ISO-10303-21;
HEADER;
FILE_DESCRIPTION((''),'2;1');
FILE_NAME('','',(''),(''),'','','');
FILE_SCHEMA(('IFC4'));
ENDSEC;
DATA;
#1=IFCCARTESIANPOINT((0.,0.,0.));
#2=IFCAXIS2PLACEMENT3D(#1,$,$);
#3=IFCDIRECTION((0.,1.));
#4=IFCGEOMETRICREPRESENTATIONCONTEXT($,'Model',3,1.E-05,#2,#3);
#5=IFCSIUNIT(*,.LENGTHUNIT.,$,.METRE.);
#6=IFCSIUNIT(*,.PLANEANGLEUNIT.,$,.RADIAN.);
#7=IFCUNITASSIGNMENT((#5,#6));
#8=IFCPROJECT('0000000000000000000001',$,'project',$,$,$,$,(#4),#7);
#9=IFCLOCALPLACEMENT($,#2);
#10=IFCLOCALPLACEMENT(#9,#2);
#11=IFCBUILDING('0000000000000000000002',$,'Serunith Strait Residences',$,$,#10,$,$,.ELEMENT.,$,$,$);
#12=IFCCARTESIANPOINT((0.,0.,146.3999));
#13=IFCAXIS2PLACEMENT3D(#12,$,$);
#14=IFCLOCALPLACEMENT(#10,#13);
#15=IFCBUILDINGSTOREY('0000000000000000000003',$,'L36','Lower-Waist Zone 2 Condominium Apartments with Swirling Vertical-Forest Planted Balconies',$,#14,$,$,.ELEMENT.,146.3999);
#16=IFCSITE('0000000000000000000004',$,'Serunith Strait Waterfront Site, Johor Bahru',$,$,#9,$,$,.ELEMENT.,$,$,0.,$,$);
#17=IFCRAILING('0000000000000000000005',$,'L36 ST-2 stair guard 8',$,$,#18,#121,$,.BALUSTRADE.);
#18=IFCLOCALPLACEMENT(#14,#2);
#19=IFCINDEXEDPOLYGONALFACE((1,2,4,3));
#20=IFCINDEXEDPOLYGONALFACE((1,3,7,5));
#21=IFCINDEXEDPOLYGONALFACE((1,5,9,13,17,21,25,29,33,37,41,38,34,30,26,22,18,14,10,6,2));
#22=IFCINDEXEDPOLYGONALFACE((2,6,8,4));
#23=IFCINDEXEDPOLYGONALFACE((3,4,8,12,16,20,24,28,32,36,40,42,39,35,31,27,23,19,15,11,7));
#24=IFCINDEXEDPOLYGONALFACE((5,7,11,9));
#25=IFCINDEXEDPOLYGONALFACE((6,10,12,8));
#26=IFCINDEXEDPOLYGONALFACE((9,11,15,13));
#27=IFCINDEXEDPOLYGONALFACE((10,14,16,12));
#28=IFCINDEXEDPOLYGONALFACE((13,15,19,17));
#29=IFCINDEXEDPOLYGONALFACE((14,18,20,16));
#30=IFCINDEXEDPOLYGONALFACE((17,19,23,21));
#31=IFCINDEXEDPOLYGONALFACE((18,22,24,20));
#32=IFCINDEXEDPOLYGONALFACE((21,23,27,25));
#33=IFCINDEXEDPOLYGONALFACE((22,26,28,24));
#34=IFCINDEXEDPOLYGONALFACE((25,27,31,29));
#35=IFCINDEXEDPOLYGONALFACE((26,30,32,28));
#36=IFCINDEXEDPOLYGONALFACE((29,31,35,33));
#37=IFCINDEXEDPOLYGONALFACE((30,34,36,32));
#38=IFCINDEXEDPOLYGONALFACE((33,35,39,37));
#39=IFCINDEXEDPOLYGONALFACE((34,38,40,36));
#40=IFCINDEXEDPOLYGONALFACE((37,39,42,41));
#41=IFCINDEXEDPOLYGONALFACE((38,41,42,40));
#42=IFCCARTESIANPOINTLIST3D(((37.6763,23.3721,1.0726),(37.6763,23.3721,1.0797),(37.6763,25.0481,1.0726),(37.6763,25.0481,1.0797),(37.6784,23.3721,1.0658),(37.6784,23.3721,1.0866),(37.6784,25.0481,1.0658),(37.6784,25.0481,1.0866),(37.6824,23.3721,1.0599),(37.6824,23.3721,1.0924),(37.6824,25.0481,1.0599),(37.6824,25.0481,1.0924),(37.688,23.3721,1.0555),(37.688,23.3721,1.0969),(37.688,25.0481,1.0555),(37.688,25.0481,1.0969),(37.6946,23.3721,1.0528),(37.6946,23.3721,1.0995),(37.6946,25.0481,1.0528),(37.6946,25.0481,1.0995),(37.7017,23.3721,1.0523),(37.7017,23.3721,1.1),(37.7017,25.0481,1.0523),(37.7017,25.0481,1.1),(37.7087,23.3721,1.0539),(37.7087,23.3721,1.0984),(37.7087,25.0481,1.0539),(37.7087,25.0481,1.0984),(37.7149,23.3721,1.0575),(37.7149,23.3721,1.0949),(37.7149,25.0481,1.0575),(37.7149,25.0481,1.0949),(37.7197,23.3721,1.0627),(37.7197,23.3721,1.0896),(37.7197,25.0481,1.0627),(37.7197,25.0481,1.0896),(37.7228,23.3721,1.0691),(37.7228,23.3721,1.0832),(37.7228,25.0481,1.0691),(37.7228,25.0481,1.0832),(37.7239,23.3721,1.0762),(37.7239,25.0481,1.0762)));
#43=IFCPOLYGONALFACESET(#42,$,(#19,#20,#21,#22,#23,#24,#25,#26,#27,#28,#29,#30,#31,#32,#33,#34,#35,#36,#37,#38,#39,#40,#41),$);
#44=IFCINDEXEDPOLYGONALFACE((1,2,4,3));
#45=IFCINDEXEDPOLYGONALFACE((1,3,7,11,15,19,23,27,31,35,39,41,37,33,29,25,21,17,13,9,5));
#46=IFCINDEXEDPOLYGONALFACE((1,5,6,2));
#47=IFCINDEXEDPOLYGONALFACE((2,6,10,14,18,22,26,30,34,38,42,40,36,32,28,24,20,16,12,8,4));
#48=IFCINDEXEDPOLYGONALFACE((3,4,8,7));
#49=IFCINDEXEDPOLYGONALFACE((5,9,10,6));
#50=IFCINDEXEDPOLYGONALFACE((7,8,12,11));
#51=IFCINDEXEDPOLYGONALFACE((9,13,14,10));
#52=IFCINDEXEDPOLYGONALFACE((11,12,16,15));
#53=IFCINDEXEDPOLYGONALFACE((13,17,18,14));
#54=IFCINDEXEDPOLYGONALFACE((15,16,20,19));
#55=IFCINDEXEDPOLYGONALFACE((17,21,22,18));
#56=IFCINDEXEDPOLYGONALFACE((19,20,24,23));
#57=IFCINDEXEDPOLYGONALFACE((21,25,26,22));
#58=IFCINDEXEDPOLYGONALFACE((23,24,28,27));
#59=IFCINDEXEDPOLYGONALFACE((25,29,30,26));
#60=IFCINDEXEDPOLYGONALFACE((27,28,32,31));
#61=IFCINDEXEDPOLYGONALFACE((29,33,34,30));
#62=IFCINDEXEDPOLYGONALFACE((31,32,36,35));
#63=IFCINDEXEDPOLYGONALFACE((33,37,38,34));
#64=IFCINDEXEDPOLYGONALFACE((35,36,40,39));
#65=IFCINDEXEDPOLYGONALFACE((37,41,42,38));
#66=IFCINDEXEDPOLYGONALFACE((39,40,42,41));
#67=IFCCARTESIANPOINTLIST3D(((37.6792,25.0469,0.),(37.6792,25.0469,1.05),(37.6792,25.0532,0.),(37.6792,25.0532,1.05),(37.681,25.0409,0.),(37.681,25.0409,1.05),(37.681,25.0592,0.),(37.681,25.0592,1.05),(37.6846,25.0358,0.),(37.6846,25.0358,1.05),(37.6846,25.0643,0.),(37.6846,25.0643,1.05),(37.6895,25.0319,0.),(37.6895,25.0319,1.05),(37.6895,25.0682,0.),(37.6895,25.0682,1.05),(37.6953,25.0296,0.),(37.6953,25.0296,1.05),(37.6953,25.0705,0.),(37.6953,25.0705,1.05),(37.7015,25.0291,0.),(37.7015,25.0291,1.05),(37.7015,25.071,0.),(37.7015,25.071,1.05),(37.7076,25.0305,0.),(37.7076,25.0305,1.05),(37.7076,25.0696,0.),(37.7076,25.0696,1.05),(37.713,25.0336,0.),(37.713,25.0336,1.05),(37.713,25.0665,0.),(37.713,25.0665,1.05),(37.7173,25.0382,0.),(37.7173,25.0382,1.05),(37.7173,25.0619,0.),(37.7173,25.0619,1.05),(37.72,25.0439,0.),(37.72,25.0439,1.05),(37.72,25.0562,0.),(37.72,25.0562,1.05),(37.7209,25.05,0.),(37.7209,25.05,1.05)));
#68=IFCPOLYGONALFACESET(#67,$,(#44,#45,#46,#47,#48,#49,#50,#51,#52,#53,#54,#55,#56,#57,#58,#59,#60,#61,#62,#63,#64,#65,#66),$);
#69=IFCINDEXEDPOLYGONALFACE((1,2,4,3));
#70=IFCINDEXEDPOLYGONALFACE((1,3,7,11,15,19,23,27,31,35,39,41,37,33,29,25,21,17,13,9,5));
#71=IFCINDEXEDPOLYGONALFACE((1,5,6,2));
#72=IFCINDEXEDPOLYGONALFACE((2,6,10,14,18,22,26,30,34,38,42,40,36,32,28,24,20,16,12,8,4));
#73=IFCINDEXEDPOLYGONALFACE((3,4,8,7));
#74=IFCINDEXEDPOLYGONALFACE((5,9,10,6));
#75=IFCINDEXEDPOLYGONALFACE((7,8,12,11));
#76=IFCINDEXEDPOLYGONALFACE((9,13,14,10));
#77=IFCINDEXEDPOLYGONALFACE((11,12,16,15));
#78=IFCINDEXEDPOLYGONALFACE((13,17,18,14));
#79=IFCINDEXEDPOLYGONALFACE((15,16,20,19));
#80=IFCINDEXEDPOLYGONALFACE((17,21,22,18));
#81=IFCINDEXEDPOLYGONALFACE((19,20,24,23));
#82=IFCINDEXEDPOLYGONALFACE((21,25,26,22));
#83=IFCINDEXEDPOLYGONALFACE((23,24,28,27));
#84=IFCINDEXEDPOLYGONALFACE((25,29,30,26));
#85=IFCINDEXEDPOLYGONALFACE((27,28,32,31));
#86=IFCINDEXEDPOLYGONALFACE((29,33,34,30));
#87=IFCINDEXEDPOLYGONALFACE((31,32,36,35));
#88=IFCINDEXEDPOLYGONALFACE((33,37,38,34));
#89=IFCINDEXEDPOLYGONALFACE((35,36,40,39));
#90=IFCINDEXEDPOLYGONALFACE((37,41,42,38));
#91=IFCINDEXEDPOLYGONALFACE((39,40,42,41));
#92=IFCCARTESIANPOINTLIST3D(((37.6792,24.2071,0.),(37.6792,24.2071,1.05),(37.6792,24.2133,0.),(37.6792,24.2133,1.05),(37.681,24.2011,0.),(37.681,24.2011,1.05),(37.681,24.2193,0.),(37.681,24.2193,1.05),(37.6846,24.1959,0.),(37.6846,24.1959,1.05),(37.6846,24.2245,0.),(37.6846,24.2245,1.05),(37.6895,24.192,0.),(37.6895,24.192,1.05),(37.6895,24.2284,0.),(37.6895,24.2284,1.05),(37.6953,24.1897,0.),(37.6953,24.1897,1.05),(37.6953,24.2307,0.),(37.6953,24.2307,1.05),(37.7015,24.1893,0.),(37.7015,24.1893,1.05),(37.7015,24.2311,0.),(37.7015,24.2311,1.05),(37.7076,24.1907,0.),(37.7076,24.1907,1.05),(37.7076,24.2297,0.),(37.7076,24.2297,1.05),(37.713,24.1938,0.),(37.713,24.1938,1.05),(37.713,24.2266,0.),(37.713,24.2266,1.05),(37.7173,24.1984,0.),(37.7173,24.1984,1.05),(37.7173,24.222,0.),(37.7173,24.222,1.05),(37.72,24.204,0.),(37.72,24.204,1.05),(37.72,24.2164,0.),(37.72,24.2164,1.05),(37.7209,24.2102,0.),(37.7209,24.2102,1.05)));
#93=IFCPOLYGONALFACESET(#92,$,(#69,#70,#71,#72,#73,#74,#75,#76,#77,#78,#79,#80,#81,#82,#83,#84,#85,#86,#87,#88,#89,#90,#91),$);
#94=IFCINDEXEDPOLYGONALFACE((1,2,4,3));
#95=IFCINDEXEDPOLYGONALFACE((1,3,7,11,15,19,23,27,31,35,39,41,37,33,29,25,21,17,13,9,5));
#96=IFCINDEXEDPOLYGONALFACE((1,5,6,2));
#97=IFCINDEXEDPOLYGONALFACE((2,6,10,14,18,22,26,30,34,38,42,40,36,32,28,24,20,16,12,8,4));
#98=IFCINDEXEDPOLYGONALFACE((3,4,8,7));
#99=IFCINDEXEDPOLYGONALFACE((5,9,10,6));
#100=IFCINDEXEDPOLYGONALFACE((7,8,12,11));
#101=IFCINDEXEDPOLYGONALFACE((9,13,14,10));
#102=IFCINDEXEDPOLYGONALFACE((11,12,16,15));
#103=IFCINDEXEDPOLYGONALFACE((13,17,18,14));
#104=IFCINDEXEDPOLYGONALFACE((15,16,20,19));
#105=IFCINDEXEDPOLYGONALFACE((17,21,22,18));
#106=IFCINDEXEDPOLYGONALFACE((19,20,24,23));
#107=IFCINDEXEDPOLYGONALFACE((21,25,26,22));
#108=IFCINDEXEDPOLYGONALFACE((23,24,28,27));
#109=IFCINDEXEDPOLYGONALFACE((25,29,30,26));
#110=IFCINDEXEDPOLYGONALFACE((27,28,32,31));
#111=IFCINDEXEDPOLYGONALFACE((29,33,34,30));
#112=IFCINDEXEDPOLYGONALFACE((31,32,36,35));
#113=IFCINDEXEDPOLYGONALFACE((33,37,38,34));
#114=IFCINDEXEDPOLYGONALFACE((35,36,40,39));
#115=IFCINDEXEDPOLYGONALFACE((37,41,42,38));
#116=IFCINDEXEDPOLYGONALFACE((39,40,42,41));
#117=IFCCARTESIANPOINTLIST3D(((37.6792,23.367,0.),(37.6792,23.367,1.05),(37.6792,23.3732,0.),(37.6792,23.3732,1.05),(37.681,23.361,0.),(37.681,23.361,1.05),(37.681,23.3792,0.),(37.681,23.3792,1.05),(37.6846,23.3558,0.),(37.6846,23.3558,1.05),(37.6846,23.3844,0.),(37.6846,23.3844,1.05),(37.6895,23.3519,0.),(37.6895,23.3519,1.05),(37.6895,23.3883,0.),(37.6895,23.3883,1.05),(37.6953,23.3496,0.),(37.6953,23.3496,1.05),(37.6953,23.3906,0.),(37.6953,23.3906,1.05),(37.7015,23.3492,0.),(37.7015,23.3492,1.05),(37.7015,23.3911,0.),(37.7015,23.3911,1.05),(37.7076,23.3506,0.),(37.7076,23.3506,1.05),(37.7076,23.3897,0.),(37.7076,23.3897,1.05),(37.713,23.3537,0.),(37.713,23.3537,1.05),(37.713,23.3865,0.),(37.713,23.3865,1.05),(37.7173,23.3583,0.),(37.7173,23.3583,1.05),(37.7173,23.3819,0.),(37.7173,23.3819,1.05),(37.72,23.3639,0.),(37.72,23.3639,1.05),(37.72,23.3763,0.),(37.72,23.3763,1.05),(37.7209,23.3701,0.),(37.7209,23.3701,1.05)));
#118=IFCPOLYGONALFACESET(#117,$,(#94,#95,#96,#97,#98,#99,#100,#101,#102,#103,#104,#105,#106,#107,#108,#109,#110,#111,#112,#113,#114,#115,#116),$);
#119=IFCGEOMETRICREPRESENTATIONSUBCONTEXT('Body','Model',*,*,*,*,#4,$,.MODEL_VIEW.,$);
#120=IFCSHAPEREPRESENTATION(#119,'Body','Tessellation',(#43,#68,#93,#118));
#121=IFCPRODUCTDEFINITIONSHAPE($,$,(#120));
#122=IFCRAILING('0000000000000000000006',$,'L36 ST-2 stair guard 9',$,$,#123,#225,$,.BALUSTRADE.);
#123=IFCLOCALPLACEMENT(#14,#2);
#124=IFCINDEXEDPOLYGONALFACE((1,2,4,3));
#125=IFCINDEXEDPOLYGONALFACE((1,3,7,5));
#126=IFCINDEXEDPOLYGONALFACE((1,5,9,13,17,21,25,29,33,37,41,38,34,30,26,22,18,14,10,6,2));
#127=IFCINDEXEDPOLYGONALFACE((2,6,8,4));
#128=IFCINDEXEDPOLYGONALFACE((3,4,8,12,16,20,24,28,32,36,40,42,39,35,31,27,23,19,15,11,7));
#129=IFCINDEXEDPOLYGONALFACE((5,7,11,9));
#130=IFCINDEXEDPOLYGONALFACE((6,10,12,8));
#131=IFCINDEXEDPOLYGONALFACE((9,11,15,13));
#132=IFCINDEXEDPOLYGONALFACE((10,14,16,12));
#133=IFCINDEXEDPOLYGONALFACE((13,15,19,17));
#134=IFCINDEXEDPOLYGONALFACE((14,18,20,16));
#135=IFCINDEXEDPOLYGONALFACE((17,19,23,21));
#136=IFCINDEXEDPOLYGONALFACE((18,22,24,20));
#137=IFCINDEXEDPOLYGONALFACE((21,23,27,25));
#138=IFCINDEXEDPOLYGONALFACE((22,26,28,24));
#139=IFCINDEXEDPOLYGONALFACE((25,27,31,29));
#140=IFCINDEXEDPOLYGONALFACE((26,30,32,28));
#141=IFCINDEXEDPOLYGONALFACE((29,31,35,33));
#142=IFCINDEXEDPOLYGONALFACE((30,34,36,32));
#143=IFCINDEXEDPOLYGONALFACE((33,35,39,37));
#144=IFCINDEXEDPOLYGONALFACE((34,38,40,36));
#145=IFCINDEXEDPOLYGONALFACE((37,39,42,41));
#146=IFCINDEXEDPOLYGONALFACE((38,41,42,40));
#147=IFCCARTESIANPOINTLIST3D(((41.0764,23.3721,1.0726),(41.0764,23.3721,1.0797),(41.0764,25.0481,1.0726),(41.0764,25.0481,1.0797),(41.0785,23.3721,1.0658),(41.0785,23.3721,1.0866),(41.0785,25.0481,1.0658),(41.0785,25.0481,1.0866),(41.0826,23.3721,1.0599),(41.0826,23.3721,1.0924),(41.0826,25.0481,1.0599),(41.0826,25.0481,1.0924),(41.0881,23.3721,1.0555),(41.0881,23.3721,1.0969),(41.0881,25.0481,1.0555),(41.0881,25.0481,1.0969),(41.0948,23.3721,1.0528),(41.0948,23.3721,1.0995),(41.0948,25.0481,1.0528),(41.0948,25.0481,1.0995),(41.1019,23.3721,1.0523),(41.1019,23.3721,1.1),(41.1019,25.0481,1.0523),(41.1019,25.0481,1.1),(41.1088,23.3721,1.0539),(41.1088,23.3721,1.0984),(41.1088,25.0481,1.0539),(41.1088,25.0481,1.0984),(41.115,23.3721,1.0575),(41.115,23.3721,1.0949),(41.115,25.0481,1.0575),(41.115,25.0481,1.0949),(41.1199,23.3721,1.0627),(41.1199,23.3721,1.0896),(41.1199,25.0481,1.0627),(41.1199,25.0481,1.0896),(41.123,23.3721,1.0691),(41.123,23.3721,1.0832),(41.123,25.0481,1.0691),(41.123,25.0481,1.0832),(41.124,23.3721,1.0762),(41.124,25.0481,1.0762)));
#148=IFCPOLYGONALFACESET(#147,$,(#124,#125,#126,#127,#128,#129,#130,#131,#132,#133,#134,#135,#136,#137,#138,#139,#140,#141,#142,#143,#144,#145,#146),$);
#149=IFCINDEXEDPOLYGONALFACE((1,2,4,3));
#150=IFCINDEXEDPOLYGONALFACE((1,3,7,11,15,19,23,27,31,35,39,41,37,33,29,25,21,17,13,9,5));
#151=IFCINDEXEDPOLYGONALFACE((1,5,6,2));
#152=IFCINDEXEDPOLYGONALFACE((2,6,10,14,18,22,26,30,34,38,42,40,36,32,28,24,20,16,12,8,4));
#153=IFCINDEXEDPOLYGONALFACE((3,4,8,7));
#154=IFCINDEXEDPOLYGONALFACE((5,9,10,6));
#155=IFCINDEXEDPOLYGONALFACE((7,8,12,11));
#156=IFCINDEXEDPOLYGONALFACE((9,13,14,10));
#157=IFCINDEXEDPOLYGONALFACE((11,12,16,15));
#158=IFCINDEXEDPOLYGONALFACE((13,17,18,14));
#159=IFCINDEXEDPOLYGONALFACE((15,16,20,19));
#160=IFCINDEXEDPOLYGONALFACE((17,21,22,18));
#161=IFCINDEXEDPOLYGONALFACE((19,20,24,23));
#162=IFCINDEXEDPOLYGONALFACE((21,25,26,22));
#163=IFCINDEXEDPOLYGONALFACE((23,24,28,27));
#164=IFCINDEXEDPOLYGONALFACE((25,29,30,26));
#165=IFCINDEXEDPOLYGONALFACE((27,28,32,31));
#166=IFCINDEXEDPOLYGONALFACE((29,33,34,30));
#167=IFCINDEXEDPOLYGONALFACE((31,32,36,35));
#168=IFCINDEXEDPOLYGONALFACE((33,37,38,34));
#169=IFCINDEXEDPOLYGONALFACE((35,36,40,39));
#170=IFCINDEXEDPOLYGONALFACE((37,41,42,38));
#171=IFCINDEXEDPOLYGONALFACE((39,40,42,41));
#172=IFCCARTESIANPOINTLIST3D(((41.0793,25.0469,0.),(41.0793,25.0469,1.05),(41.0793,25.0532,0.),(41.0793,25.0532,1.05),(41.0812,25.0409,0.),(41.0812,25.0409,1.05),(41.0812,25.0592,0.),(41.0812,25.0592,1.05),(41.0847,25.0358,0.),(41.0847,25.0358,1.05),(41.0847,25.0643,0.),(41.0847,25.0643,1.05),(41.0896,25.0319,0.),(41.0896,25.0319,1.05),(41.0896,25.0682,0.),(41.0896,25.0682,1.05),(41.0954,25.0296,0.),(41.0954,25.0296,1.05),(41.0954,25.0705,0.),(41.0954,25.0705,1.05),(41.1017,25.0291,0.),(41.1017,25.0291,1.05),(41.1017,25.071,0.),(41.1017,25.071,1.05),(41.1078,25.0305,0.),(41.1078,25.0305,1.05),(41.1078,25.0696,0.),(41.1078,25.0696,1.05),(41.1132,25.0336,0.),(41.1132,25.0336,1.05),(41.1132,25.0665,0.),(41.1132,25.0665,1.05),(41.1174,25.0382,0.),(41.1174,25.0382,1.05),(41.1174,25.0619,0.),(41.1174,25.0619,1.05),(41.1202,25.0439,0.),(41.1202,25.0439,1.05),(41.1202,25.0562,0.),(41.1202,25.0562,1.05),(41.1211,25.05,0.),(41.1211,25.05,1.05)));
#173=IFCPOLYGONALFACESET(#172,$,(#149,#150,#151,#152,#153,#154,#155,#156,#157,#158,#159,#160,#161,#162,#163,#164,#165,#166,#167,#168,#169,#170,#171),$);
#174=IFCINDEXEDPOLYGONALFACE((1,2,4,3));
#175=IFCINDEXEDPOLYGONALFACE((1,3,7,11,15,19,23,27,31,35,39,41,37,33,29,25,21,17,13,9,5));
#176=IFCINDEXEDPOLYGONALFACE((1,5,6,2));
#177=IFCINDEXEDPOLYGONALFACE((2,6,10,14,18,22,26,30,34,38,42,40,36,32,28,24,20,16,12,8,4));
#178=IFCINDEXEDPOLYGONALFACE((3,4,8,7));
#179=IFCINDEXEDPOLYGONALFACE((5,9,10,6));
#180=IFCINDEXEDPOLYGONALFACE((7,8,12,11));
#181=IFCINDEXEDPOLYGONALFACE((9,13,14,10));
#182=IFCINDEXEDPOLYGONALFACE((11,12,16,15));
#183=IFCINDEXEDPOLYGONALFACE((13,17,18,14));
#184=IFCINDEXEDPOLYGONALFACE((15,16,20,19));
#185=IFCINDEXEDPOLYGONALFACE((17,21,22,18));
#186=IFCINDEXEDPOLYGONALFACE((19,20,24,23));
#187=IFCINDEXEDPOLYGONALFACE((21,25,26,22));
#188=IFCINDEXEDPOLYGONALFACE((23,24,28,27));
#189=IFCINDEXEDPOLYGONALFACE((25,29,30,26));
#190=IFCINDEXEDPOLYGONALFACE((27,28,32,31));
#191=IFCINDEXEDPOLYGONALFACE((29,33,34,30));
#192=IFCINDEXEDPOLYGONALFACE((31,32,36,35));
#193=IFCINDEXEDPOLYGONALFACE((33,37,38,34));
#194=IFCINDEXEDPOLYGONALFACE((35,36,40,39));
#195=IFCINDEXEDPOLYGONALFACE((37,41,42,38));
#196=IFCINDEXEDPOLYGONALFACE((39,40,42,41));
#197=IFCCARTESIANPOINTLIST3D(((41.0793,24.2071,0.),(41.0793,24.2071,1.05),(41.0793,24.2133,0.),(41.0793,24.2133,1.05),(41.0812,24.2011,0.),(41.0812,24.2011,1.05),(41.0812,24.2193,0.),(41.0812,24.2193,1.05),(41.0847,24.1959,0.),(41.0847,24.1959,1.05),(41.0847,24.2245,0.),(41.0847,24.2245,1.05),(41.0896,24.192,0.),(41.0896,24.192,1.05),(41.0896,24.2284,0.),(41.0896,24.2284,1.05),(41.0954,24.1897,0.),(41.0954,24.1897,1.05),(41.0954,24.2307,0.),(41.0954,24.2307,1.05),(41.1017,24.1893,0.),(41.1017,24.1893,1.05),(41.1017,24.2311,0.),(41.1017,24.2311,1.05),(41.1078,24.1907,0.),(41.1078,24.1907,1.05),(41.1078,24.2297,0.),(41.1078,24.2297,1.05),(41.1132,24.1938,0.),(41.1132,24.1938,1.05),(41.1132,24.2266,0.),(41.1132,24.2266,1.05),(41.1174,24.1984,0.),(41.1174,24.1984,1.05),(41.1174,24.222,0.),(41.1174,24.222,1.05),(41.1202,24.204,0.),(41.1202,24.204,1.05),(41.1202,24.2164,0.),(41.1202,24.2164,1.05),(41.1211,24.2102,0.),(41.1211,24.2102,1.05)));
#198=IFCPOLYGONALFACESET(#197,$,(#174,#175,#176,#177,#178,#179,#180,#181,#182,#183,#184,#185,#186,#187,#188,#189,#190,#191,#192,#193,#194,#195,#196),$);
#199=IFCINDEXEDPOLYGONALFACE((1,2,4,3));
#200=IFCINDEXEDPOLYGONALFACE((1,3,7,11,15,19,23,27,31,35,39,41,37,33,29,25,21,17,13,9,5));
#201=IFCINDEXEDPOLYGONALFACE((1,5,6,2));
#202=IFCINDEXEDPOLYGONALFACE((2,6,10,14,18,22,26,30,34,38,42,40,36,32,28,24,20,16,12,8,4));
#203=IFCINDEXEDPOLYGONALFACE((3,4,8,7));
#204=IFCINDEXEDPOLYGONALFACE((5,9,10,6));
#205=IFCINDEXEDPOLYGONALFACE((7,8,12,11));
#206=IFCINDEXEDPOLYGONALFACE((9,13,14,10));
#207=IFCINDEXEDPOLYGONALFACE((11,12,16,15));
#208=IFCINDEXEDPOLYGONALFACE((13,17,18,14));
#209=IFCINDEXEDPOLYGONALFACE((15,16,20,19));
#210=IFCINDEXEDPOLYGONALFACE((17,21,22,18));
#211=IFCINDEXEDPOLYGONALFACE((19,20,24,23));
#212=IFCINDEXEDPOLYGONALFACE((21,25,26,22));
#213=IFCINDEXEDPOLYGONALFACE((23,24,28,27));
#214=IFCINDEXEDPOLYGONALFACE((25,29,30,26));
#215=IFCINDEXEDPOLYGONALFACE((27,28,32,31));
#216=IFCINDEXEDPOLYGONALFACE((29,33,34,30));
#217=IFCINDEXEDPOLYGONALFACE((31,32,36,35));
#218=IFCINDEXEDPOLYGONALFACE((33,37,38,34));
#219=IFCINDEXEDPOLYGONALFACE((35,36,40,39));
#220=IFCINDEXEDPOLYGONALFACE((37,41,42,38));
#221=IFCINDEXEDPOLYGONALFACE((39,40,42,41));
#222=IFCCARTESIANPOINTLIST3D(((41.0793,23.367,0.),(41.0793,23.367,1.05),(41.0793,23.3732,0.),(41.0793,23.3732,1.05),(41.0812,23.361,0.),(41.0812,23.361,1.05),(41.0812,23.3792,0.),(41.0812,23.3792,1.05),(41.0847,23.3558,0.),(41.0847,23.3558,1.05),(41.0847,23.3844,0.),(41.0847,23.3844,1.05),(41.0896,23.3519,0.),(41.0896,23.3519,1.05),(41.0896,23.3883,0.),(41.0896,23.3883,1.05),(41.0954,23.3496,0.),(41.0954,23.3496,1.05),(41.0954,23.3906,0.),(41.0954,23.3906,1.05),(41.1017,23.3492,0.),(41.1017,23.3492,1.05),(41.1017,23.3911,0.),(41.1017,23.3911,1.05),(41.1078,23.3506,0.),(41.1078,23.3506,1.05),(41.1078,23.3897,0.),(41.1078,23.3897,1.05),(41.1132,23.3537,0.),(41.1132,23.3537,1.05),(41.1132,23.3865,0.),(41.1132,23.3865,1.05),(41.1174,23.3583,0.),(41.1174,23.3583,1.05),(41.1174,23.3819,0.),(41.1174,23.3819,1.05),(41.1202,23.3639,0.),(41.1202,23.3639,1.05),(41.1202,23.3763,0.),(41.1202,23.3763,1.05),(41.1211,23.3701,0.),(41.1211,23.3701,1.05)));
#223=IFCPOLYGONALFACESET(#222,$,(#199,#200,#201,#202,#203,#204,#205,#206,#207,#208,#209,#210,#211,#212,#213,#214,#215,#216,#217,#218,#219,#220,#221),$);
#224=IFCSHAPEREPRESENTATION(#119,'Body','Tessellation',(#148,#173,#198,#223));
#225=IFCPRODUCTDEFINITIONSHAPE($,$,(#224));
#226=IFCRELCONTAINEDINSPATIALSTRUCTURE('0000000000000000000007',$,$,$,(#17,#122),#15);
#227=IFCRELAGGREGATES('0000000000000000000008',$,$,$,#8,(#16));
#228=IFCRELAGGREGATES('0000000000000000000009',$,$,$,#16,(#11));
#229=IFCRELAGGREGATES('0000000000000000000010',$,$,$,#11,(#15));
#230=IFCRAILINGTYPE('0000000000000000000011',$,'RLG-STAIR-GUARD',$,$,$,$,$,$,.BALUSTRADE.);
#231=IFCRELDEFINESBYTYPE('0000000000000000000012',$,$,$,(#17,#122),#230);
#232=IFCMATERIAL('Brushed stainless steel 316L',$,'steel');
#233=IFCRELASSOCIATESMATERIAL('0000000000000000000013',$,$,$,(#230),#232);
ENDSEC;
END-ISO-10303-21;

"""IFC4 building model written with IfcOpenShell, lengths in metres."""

from ifc_helpers import new_model, si_unit, direction, frame, origin, origin_2d, place, context, subcontext, project, spatial, circle, extrude, material, type_object, element, save


model = new_model("IFC4")

# Units and contexts
model_context = context("Model", 3, precision=1e-05, world=origin(), true_north=direction((0.0, 1.0)))
body_context = subcontext(model_context, "Body", "Model", "MODEL_VIEW")
ifc_project = project(units=[si_unit("LENGTHUNIT", "METRE"), si_unit("PLANEANGLEUNIT", "RADIAN")], contexts=[model_context])

# Site, building, storey
site_placement = place(None, origin())
site = spatial("IfcSite", under=ifc_project, at=site_placement, Name="Serunith Strait Waterfront Site, Johor Bahru", CompositionType="ELEMENT", RefElevation=0.0)
building_placement = place(site_placement, origin())
building = spatial("IfcBuilding", under=site, at=building_placement, Name="Serunith Strait Residences", CompositionType="ELEMENT")
storey_placement = place(building_placement, frame((0.0, 0.0, 146.3999)))
storey = spatial("IfcBuildingStorey", under=building, at=storey_placement, Name="L36", Description="Lower-Waist Zone 2 Condominium Apartments with Swirling Vertical-Forest Planted Balconies", CompositionType="ELEMENT", Elevation=146.3999)

# Railings
ifc_material_1 = material(Name="Brushed stainless steel 316L", Category="steel")
railing_type = type_object("IfcRailingType", Name="RLG-STAIR-GUARD", PredefinedType="BALUSTRADE", material=ifc_material_1)
for number, where, name in (
    (1, (37.7, 25.05, 0.0), "L36 ST-2 stair guard 8"),
    (2, (41.1001, 25.05, 0.0), "L36 ST-2 stair guard 9"),
):
    element("IfcRailing", number, at=place(storey_placement, frame(where)), inside=storey, type_object=railing_type, Name=name, PredefinedType="BALUSTRADE", context=body_context, shape_type="SweptSolid", body=[
        extrude(circle(Radius=0.0239, at=origin_2d()), frame((0.0, -0.002, 1.0762), z_axis=(0.0, -1.0, 0.0), x_axis=(1.0, 0.0, 0.0)), (0.0, 0.0, 1.0), 1.676),
        extrude(circle(Radius=0.021, at=origin_2d()), origin(), (0.0, 0.0, 1.0), 1.05),
        extrude(circle(Radius=0.021, at=origin_2d()), frame((0.0, -0.8398, 0.0)), (0.0, 0.0, 1.0), 1.05),
        extrude(circle(Radius=0.021, at=origin_2d()), frame((0.0, -1.6799, 0.0)), (0.0, 0.0, 1.0), 1.05),
    ])

save(model, "model.ifc")
